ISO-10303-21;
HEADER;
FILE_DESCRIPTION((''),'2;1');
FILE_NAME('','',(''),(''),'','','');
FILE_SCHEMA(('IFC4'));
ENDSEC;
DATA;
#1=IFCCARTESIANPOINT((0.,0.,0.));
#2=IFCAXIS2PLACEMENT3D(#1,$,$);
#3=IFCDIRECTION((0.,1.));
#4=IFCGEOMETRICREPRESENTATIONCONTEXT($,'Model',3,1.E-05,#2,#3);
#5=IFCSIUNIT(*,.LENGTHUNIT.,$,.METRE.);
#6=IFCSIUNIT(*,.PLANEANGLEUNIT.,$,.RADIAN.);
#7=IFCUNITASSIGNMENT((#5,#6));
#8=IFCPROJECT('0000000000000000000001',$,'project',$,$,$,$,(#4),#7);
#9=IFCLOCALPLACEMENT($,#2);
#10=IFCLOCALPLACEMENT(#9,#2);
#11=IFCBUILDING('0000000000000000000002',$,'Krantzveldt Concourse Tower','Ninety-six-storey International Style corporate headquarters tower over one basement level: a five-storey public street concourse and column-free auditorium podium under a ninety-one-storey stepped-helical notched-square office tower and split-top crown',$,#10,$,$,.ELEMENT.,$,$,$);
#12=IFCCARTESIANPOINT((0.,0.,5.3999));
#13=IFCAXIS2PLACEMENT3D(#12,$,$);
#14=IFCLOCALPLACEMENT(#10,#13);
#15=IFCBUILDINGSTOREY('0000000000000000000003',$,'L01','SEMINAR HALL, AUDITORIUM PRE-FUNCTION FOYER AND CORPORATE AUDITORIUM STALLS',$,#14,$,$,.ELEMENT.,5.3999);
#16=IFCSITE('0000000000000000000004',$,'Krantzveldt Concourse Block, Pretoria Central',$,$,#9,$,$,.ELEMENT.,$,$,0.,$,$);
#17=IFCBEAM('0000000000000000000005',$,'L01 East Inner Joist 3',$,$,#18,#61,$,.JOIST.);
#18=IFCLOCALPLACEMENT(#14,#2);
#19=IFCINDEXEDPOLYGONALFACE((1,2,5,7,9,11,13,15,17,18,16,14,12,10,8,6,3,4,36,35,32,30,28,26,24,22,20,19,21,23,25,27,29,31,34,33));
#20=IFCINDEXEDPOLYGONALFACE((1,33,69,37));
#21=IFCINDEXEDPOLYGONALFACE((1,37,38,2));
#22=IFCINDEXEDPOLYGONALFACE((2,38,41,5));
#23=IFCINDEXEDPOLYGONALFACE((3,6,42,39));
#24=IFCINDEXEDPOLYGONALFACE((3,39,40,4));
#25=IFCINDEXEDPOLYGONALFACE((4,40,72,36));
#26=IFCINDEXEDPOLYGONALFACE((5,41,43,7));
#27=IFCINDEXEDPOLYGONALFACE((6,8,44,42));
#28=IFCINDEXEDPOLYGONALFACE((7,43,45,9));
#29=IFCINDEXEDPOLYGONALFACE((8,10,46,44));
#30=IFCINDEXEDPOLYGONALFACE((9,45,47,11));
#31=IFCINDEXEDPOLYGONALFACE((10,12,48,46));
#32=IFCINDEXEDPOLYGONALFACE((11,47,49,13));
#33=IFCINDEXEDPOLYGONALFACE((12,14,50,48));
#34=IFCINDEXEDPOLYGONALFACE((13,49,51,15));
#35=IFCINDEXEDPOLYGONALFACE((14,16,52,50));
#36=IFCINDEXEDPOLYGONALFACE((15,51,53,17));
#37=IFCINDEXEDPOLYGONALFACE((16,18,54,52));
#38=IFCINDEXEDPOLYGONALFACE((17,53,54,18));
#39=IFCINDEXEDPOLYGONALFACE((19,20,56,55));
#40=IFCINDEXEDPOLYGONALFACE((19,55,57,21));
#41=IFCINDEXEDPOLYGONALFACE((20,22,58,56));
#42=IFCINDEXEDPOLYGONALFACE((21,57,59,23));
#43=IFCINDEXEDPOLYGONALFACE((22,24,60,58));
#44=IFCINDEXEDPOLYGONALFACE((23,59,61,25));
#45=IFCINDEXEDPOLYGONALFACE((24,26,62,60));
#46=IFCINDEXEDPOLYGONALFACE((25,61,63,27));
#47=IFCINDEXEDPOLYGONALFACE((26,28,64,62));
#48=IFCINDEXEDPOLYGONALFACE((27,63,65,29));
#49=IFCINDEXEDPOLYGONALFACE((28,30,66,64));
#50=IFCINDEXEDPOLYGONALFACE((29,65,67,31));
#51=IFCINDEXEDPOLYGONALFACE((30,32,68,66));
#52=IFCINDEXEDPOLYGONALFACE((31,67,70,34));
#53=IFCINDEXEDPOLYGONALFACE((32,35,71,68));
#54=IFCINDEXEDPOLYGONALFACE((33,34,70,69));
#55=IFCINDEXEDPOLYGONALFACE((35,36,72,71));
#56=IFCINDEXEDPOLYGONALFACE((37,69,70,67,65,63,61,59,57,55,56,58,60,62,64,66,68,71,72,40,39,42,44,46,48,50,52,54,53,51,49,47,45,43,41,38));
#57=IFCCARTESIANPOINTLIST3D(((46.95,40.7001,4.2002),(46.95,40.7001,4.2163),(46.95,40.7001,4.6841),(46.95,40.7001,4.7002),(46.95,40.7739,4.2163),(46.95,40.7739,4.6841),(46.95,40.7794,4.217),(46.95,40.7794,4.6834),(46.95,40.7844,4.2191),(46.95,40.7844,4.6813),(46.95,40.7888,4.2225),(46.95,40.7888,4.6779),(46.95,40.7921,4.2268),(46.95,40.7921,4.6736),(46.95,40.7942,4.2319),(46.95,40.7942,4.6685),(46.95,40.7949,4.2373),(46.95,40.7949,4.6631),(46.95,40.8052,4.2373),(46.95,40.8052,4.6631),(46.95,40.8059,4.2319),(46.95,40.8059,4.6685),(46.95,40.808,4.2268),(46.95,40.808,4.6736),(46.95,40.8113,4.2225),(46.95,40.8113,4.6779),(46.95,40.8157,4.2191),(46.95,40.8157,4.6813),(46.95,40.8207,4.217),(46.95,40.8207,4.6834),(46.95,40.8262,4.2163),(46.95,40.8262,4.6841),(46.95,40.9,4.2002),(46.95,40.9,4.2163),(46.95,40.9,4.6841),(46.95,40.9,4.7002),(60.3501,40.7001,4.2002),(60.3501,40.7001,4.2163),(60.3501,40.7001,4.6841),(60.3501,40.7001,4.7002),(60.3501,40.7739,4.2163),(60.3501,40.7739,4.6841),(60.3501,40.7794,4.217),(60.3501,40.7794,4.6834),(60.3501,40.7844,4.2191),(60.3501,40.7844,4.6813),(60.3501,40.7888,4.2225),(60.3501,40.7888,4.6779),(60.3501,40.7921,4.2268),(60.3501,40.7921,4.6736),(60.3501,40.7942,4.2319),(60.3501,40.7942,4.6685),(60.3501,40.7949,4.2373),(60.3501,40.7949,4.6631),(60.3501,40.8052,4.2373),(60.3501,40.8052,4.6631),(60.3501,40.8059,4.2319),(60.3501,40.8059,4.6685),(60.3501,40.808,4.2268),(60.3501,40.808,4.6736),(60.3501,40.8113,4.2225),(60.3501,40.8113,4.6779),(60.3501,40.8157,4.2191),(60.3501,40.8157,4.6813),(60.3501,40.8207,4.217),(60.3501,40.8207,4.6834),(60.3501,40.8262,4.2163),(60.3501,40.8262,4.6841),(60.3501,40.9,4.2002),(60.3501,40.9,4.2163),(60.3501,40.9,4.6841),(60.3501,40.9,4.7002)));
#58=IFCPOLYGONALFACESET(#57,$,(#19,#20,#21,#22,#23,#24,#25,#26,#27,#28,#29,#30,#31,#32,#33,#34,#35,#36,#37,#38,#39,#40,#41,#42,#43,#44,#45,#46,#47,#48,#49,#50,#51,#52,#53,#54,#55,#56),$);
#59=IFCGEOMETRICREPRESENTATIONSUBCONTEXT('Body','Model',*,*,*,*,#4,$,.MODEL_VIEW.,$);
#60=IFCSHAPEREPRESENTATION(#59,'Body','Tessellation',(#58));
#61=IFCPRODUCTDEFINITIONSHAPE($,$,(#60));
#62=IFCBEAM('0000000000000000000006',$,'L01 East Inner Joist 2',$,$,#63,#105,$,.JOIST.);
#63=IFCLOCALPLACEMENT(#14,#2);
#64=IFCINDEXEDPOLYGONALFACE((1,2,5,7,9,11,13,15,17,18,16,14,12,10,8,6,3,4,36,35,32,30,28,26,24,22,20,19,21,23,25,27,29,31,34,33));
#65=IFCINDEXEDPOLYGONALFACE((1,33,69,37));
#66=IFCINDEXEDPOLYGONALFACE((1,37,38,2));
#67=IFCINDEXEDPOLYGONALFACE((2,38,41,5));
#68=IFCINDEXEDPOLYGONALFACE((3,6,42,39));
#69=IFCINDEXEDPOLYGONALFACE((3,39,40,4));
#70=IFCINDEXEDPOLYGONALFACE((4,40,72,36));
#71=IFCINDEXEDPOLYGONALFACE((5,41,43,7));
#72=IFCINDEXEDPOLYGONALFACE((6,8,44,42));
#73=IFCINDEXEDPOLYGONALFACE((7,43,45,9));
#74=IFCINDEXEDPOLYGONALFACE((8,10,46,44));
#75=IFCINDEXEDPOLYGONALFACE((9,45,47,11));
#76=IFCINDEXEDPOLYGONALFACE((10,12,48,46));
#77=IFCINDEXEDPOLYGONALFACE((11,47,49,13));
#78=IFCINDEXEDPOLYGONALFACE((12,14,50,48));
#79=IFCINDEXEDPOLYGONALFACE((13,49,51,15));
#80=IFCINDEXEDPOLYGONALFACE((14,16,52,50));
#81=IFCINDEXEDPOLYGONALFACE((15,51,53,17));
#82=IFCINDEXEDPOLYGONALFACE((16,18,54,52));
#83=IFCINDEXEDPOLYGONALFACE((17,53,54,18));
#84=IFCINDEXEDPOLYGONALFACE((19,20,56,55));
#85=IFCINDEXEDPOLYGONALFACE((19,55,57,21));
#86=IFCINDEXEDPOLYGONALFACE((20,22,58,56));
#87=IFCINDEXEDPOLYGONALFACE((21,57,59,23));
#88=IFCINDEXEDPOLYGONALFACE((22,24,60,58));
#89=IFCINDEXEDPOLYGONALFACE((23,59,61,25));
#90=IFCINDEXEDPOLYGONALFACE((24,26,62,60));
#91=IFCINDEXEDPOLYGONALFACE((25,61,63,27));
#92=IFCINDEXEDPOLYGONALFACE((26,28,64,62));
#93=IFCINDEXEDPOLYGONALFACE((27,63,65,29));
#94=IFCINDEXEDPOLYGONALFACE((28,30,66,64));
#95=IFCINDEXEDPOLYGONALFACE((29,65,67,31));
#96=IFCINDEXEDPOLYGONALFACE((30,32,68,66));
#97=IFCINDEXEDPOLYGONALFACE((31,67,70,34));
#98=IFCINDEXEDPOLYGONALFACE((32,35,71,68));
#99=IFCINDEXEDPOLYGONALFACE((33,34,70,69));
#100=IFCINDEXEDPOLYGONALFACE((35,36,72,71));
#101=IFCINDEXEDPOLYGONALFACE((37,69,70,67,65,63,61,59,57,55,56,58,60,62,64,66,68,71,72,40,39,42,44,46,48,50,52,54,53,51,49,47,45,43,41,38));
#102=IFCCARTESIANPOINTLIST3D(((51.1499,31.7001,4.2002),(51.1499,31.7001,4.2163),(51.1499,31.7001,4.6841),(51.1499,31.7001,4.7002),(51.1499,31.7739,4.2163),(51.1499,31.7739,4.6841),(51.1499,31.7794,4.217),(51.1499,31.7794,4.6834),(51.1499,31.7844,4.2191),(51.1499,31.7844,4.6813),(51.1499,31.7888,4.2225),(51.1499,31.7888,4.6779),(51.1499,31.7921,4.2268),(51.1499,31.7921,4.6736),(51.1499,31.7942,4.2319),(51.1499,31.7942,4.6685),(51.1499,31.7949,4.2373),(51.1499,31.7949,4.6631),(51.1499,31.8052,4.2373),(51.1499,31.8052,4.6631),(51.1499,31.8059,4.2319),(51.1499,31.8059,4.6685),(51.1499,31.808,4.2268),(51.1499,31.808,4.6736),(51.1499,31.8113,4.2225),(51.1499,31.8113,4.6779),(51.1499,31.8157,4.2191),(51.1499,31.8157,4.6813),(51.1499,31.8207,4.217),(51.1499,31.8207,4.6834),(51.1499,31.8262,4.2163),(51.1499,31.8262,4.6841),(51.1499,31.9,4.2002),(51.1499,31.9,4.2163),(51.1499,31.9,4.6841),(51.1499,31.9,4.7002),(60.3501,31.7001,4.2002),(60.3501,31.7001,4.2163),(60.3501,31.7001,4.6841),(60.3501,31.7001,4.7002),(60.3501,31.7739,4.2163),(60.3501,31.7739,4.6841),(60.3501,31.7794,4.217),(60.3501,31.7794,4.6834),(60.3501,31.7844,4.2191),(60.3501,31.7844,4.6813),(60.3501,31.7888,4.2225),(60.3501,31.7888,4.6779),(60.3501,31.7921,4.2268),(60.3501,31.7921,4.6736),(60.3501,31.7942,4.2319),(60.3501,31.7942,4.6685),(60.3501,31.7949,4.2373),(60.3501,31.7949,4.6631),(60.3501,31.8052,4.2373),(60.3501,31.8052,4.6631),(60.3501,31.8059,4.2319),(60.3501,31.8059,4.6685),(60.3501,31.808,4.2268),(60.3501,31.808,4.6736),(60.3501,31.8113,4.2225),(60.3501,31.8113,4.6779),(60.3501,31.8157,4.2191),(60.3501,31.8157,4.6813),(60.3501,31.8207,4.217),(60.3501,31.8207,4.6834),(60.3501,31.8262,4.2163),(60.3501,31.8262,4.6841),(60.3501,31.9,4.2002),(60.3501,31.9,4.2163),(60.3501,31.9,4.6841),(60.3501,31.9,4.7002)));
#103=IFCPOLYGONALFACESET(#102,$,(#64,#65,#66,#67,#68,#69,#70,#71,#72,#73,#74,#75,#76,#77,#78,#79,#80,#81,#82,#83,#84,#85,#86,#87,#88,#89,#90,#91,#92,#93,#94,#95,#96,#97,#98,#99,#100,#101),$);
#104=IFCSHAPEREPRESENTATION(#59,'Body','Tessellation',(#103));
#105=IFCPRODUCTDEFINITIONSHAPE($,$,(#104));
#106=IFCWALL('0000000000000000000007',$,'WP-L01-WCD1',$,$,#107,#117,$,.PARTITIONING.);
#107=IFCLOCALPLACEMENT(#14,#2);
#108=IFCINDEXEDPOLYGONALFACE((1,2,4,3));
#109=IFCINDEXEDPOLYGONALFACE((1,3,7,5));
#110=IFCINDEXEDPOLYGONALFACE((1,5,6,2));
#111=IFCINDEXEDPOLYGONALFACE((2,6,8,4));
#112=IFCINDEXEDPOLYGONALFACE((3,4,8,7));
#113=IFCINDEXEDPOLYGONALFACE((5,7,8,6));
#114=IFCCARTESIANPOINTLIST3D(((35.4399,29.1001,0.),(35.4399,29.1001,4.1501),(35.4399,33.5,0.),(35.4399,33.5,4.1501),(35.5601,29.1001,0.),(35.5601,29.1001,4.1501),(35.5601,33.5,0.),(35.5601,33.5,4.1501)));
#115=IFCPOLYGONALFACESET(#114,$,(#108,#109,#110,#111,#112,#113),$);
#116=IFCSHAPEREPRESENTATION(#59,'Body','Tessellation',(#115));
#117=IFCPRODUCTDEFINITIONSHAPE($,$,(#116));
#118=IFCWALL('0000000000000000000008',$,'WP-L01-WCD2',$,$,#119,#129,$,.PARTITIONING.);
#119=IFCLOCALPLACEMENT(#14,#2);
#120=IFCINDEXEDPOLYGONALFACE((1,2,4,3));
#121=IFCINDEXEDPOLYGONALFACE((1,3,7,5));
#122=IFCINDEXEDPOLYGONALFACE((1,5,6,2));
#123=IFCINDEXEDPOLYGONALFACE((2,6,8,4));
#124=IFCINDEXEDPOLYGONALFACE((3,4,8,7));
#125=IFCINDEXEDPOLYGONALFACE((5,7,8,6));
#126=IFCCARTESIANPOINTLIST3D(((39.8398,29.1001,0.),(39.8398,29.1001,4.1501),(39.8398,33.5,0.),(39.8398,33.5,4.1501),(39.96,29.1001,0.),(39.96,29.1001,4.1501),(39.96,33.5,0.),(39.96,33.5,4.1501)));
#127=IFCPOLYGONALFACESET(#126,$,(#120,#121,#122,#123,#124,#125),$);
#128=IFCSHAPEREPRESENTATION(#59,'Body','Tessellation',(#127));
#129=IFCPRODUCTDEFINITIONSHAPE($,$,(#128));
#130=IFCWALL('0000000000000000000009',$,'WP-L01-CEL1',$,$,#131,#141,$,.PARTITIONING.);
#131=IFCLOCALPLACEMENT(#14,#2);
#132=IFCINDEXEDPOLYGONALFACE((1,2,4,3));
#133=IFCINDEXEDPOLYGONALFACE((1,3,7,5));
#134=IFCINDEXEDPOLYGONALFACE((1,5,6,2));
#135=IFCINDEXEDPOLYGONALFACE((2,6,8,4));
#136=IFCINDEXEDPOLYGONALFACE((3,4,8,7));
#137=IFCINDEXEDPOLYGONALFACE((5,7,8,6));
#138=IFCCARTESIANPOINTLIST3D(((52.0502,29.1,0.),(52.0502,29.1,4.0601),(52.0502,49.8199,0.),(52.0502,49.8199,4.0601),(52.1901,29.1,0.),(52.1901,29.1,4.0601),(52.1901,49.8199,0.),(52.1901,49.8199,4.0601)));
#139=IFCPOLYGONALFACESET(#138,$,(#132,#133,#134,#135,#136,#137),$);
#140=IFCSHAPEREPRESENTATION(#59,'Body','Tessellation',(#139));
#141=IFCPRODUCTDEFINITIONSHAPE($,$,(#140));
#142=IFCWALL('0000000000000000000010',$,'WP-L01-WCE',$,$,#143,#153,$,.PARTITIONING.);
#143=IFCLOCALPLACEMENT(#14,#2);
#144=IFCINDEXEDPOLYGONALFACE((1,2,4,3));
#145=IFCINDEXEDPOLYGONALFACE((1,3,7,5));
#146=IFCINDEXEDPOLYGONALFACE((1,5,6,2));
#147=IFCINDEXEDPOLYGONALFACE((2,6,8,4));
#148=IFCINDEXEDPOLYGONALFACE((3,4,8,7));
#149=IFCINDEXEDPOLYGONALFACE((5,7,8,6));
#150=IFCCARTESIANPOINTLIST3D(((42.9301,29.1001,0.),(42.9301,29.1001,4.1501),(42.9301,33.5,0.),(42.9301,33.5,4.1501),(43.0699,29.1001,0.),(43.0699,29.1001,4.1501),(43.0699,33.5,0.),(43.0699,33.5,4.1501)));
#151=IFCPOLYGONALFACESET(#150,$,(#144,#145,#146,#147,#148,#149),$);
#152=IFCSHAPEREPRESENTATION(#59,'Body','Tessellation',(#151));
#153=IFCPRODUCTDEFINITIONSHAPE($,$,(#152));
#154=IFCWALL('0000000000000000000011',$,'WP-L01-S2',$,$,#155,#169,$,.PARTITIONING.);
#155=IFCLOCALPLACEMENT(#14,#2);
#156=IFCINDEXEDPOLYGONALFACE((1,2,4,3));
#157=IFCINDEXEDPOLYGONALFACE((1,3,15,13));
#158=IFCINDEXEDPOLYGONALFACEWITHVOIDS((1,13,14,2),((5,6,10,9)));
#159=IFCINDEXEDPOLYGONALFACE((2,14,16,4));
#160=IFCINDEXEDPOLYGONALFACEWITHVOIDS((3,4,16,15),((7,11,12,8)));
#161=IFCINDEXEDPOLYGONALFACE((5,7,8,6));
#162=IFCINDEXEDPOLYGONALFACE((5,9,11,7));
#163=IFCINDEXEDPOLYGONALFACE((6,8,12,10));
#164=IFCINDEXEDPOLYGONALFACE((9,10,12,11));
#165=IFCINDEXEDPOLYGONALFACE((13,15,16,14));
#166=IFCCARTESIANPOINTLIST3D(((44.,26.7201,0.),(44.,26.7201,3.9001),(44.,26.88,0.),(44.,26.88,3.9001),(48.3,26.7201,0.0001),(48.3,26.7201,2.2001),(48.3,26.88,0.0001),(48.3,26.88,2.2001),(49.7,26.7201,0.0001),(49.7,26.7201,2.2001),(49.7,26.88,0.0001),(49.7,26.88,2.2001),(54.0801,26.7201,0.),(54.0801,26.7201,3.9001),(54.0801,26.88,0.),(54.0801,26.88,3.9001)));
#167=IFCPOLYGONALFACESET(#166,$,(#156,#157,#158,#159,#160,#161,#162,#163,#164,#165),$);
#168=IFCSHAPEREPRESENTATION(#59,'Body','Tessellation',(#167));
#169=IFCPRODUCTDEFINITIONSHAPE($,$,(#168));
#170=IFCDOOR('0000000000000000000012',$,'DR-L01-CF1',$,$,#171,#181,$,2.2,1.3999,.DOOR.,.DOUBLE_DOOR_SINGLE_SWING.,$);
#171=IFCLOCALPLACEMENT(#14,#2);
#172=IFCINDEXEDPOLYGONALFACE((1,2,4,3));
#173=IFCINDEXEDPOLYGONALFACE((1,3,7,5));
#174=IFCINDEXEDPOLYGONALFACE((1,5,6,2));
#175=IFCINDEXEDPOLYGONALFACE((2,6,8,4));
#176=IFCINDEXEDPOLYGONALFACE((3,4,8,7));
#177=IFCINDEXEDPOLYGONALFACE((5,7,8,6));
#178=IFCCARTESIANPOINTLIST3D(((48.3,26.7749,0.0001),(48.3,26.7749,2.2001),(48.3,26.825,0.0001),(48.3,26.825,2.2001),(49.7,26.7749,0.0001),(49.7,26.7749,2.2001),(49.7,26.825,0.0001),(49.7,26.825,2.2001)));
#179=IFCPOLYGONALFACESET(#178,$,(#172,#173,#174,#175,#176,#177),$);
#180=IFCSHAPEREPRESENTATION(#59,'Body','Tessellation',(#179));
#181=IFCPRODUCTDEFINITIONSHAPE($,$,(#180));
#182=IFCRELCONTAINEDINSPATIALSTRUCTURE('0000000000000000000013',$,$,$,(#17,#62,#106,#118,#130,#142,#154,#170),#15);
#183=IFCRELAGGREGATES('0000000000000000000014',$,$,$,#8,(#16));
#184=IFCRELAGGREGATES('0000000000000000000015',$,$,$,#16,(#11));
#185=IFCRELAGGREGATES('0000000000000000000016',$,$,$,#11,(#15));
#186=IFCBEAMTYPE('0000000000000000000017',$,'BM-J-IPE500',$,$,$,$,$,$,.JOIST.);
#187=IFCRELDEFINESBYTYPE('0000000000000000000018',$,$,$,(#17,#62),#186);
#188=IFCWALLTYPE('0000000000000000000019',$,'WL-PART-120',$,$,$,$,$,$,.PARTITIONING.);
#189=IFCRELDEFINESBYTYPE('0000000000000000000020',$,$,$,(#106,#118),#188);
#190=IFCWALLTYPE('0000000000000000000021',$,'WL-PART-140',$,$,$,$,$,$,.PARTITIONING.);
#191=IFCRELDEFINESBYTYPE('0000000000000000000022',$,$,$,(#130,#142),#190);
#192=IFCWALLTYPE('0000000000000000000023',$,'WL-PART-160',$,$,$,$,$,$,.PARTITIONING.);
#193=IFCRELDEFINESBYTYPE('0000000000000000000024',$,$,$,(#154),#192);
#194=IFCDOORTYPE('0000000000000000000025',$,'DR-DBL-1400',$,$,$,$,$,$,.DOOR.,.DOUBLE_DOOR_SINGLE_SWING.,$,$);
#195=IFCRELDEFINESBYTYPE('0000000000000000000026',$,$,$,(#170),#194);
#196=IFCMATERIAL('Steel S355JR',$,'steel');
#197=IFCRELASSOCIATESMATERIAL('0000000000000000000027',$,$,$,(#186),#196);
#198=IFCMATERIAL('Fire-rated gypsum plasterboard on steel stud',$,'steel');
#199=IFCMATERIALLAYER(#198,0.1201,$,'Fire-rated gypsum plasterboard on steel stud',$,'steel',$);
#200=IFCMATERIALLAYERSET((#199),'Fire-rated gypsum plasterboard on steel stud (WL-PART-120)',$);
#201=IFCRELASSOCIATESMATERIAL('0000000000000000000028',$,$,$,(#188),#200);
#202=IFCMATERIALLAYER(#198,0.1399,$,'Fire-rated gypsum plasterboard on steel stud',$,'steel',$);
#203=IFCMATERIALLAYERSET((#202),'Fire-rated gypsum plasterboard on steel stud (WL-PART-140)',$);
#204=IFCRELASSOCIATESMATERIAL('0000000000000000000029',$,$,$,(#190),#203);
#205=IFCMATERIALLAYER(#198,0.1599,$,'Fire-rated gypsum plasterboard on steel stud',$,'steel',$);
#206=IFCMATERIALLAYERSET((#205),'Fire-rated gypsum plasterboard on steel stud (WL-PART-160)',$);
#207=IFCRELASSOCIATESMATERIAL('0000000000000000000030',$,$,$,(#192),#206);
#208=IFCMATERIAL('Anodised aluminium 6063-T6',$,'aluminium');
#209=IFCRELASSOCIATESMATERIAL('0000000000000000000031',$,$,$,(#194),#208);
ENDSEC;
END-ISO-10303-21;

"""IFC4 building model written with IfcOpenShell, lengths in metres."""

from ifc_helpers import new_model, si_unit, direction, frame, frame_2d, origin, origin_2d, place, context, subcontext, project, spatial, rectangle, i_section, extrude, source, transform, mapped, material, layer, layer_set, material_profile, profile_set, type_object, type_shapes, element, fill, save


model = new_model("IFC4")

# Units and contexts
model_context = context("Model", 3, precision=1e-05, world=origin(), true_north=direction((0.0, 1.0)))
body_context = subcontext(model_context, "Body", "Model", "MODEL_VIEW")
ifc_project = project(units=[si_unit("LENGTHUNIT", "METRE"), si_unit("PLANEANGLEUNIT", "RADIAN")], contexts=[model_context])

# Site, building, storey
site_placement = place(None, origin())
site = spatial("IfcSite", under=ifc_project, at=site_placement, Name="Krantzveldt Concourse Block, Pretoria Central", CompositionType="ELEMENT", RefElevation=0.0)
building_placement = place(site_placement, origin())
building = spatial("IfcBuilding", under=site, at=building_placement, Name="Krantzveldt Concourse Tower", Description="Ninety-six-storey International Style corporate headquarters tower over one basement level: a five-storey public street concourse and column-free auditorium podium under a ninety-one-storey stepped-helical notched-square office tower and split-top crown", CompositionType="ELEMENT")
storey_placement = place(building_placement, frame((0.0, 0.0, 5.3999)))
storey = spatial("IfcBuildingStorey", under=building, at=storey_placement, Name="L01", Description="SEMINAR HALL, AUDITORIUM PRE-FUNCTION FOYER AND CORPORATE AUDITORIUM STALLS", CompositionType="ELEMENT", Elevation=5.3999)

# Beams
ifc_material_1 = material(Name="Steel S355JR", Category="steel")
ifc_material_profile_1 = material_profile(ifc_material_1, i_section(OverallWidth=0.2, OverallDepth=0.5, WebThickness=0.0103, FlangeThickness=0.0161, FilletRadius=0.021, at=origin_2d()), Name="Steel S355JR", Category="steel")
ifc_profile_set_1 = profile_set([ifc_material_profile_1], Name="Steel S355JR - IPE 500")
beam_type_1 = type_object("IfcBeamType", Name="BM-J-IPE500", PredefinedType="JOIST", material=ifc_profile_set_1)
shared_shape_1 = source(origin(), body_context, "Body", "SweptSolid", [
    extrude(i_section(OverallWidth=0.2, OverallDepth=0.5, WebThickness=0.0103, FlangeThickness=0.0161, FilletRadius=0.021, at=origin_2d()), origin(), (0.0, 0.0, 1.0), 13.4001),
])
beam_1_placement = place(storey_placement, frame((46.95, 40.8, 4.4502), z_axis=(1.0, 0.0, 0.0), x_axis=(0.0, 1.0, 0.0)))
element("IfcBeam", 1, at=beam_1_placement, inside=storey, type_object=beam_type_1, Name="L01 East Inner Joist 3", PredefinedType="JOIST", context=body_context, shape_type="MappedRepresentation", body=[
    mapped(shared_shape_1, transform((0.0, 0.0, 0.0), x_axis=(1.0, 0.0, 0.0), y_axis=(0.0, 1.0, 0.0), z_axis=(0.0, 0.0, 1.0), scale=1.0)),
])
shared_shape_2 = source(origin(), body_context, "Body", "SweptSolid", [
    extrude(i_section(OverallWidth=0.2, OverallDepth=0.5, WebThickness=0.0103, FlangeThickness=0.0161, FilletRadius=0.021, at=origin_2d()), origin(), (0.0, 0.0, 1.0), 9.2002),
])
type_shapes(beam_type_1, [shared_shape_1, shared_shape_2])
beam_2_placement = place(storey_placement, frame((51.1499, 31.8, 4.4502), z_axis=(1.0, 0.0, 0.0), x_axis=(0.0, 1.0, 0.0)))
element("IfcBeam", 2, at=beam_2_placement, inside=storey, type_object=beam_type_1, Name="L01 East Inner Joist 2", PredefinedType="JOIST", context=body_context, shape_type="MappedRepresentation", body=[
    mapped(shared_shape_2, transform((0.0, 0.0, 0.0), x_axis=(1.0, 0.0, 0.0), y_axis=(0.0, 1.0, 0.0), z_axis=(0.0, 0.0, 1.0), scale=1.0)),
])

# Walls
ifc_material_2 = material(Name="Fire-rated gypsum plasterboard on steel stud", Category="steel")
ifc_layer_1 = layer(ifc_material_2, 0.1201, Name="Fire-rated gypsum plasterboard on steel stud", Category="steel")
ifc_layer_set_1 = layer_set([ifc_layer_1], Name="Fire-rated gypsum plasterboard on steel stud (WL-PART-120)")
wall_type_1 = type_object("IfcWallType", Name="WL-PART-120", PredefinedType="PARTITIONING", material=ifc_layer_set_1)
for number, where, z_axis, x_axis, name in (
    (3, (35.5, 29.1001, 0.0), (0.0, 0.0, 1.0), (0.0, 1.0, 0.0), "WP-L01-WCD1"),
    (4, (39.8999, 29.1001, 0.0), (0.0, 0.0, 1.0), (0.0, 1.0, 0.0), "WP-L01-WCD2"),
):
    element("IfcWall", number, at=place(storey_placement, frame(where, z_axis=z_axis, x_axis=x_axis)), inside=storey, type_object=wall_type_1, Name=name, PredefinedType="PARTITIONING", context=body_context, shape_type="SweptSolid", body=[
        extrude(rectangle(XDim=4.3999, YDim=0.1201, at=frame_2d((2.2, 0.0))), origin(), (0.0, 0.0, 1.0), 4.1501),
    ])
ifc_layer_2 = layer(ifc_material_2, 0.1399, Name="Fire-rated gypsum plasterboard on steel stud", Category="steel")
ifc_layer_set_2 = layer_set([ifc_layer_2], Name="Fire-rated gypsum plasterboard on steel stud (WL-PART-140)")
wall_type_2 = type_object("IfcWallType", Name="WL-PART-140", PredefinedType="PARTITIONING", material=ifc_layer_set_2)
wall_1_placement = place(storey_placement, frame((52.1201, 29.1001, 0.0), z_axis=(0.0, 0.0, 1.0), x_axis=(0.0, 1.0, 0.0)))
element("IfcWall", 5, at=wall_1_placement, inside=storey, type_object=wall_type_2, Name="WP-L01-CEL1", PredefinedType="PARTITIONING", context=body_context, shape_type="SweptSolid", body=[
    extrude(rectangle(XDim=20.72, YDim=0.1399, at=frame_2d((10.3599, 0.0))), origin(), (0.0, 0.0, 1.0), 4.0601),
])
wall_2_placement = place(storey_placement, frame((43.0, 29.1001, 0.0), z_axis=(0.0, 0.0, 1.0), x_axis=(0.0, 1.0, 0.0)))
element("IfcWall", 6, at=wall_2_placement, inside=storey, type_object=wall_type_2, Name="WP-L01-WCE", PredefinedType="PARTITIONING", context=body_context, shape_type="SweptSolid", body=[
    extrude(rectangle(XDim=4.3999, YDim=0.1399, at=frame_2d((2.2, 0.0))), origin(), (0.0, 0.0, 1.0), 4.1501),
])

# Wall, opening, door
ifc_layer_3 = layer(ifc_material_2, 0.1599, Name="Fire-rated gypsum plasterboard on steel stud", Category="steel")
ifc_layer_set_3 = layer_set([ifc_layer_3], Name="Fire-rated gypsum plasterboard on steel stud (WL-PART-160)")
wall_type_3 = type_object("IfcWallType", Name="WL-PART-160", PredefinedType="PARTITIONING", material=ifc_layer_set_3)
wall_3_placement = place(storey_placement, frame((44.0, 26.8, 0.0), z_axis=(0.0, 0.0, 1.0), x_axis=(1.0, 0.0, 0.0)))
wall_3 = element("IfcWall", 7, at=wall_3_placement, inside=storey, type_object=wall_type_3, Name="WP-L01-S2", PredefinedType="PARTITIONING", context=body_context, shape_type="SweptSolid", body=[
    extrude(rectangle(XDim=10.0801, YDim=0.1599, at=frame_2d((5.04, 0.0))), origin(), (0.0, 0.0, 1.0), 3.9001),
])
opening_placement = place(wall_3_placement, frame((4.3, 0.0, 0.0)))
opening = element("IfcOpeningElement", 8, at=opening_placement, cuts=wall_3, PredefinedType="OPENING", context=body_context, shape_type="SweptSolid", body=[
    extrude(rectangle(XDim=1.3999, YDim=2.2, at=frame_2d((0.7, 1.1001))), frame((0.0, 0.0898, 0.0), z_axis=(0.0, -1.0, 0.0), x_axis=(1.0, 0.0, 0.0)), (0.0, 0.0, 1.0), 0.1799),
])
ifc_material_3 = material(Name="Anodised aluminium 6063-T6", Category="aluminium")
door_type = type_object("IfcDoorType", Name="DR-DBL-1400", OperationType="DOUBLE_DOOR_SINGLE_SWING", PredefinedType="DOOR", material=ifc_material_3)
door_placement = place(opening_placement, origin())
door = element("IfcDoor", 9, at=door_placement, inside=storey, type_object=door_type, Name="DR-L01-CF1", OperationType="DOUBLE_DOOR_SINGLE_SWING", OverallHeight=2.2, OverallWidth=1.3999, PredefinedType="DOOR", context=body_context, shape_type="SweptSolid", body=[
    extrude(rectangle(XDim=1.3999, YDim=2.2, at=frame_2d((0.7, 1.1001))), frame((0.0, 0.0249, 0.0), z_axis=(0.0, -1.0, 0.0), x_axis=(1.0, 0.0, 0.0)), (0.0, 0.0, 1.0), 0.05),
])
fill(opening, door)

save(model, "model.ifc")
